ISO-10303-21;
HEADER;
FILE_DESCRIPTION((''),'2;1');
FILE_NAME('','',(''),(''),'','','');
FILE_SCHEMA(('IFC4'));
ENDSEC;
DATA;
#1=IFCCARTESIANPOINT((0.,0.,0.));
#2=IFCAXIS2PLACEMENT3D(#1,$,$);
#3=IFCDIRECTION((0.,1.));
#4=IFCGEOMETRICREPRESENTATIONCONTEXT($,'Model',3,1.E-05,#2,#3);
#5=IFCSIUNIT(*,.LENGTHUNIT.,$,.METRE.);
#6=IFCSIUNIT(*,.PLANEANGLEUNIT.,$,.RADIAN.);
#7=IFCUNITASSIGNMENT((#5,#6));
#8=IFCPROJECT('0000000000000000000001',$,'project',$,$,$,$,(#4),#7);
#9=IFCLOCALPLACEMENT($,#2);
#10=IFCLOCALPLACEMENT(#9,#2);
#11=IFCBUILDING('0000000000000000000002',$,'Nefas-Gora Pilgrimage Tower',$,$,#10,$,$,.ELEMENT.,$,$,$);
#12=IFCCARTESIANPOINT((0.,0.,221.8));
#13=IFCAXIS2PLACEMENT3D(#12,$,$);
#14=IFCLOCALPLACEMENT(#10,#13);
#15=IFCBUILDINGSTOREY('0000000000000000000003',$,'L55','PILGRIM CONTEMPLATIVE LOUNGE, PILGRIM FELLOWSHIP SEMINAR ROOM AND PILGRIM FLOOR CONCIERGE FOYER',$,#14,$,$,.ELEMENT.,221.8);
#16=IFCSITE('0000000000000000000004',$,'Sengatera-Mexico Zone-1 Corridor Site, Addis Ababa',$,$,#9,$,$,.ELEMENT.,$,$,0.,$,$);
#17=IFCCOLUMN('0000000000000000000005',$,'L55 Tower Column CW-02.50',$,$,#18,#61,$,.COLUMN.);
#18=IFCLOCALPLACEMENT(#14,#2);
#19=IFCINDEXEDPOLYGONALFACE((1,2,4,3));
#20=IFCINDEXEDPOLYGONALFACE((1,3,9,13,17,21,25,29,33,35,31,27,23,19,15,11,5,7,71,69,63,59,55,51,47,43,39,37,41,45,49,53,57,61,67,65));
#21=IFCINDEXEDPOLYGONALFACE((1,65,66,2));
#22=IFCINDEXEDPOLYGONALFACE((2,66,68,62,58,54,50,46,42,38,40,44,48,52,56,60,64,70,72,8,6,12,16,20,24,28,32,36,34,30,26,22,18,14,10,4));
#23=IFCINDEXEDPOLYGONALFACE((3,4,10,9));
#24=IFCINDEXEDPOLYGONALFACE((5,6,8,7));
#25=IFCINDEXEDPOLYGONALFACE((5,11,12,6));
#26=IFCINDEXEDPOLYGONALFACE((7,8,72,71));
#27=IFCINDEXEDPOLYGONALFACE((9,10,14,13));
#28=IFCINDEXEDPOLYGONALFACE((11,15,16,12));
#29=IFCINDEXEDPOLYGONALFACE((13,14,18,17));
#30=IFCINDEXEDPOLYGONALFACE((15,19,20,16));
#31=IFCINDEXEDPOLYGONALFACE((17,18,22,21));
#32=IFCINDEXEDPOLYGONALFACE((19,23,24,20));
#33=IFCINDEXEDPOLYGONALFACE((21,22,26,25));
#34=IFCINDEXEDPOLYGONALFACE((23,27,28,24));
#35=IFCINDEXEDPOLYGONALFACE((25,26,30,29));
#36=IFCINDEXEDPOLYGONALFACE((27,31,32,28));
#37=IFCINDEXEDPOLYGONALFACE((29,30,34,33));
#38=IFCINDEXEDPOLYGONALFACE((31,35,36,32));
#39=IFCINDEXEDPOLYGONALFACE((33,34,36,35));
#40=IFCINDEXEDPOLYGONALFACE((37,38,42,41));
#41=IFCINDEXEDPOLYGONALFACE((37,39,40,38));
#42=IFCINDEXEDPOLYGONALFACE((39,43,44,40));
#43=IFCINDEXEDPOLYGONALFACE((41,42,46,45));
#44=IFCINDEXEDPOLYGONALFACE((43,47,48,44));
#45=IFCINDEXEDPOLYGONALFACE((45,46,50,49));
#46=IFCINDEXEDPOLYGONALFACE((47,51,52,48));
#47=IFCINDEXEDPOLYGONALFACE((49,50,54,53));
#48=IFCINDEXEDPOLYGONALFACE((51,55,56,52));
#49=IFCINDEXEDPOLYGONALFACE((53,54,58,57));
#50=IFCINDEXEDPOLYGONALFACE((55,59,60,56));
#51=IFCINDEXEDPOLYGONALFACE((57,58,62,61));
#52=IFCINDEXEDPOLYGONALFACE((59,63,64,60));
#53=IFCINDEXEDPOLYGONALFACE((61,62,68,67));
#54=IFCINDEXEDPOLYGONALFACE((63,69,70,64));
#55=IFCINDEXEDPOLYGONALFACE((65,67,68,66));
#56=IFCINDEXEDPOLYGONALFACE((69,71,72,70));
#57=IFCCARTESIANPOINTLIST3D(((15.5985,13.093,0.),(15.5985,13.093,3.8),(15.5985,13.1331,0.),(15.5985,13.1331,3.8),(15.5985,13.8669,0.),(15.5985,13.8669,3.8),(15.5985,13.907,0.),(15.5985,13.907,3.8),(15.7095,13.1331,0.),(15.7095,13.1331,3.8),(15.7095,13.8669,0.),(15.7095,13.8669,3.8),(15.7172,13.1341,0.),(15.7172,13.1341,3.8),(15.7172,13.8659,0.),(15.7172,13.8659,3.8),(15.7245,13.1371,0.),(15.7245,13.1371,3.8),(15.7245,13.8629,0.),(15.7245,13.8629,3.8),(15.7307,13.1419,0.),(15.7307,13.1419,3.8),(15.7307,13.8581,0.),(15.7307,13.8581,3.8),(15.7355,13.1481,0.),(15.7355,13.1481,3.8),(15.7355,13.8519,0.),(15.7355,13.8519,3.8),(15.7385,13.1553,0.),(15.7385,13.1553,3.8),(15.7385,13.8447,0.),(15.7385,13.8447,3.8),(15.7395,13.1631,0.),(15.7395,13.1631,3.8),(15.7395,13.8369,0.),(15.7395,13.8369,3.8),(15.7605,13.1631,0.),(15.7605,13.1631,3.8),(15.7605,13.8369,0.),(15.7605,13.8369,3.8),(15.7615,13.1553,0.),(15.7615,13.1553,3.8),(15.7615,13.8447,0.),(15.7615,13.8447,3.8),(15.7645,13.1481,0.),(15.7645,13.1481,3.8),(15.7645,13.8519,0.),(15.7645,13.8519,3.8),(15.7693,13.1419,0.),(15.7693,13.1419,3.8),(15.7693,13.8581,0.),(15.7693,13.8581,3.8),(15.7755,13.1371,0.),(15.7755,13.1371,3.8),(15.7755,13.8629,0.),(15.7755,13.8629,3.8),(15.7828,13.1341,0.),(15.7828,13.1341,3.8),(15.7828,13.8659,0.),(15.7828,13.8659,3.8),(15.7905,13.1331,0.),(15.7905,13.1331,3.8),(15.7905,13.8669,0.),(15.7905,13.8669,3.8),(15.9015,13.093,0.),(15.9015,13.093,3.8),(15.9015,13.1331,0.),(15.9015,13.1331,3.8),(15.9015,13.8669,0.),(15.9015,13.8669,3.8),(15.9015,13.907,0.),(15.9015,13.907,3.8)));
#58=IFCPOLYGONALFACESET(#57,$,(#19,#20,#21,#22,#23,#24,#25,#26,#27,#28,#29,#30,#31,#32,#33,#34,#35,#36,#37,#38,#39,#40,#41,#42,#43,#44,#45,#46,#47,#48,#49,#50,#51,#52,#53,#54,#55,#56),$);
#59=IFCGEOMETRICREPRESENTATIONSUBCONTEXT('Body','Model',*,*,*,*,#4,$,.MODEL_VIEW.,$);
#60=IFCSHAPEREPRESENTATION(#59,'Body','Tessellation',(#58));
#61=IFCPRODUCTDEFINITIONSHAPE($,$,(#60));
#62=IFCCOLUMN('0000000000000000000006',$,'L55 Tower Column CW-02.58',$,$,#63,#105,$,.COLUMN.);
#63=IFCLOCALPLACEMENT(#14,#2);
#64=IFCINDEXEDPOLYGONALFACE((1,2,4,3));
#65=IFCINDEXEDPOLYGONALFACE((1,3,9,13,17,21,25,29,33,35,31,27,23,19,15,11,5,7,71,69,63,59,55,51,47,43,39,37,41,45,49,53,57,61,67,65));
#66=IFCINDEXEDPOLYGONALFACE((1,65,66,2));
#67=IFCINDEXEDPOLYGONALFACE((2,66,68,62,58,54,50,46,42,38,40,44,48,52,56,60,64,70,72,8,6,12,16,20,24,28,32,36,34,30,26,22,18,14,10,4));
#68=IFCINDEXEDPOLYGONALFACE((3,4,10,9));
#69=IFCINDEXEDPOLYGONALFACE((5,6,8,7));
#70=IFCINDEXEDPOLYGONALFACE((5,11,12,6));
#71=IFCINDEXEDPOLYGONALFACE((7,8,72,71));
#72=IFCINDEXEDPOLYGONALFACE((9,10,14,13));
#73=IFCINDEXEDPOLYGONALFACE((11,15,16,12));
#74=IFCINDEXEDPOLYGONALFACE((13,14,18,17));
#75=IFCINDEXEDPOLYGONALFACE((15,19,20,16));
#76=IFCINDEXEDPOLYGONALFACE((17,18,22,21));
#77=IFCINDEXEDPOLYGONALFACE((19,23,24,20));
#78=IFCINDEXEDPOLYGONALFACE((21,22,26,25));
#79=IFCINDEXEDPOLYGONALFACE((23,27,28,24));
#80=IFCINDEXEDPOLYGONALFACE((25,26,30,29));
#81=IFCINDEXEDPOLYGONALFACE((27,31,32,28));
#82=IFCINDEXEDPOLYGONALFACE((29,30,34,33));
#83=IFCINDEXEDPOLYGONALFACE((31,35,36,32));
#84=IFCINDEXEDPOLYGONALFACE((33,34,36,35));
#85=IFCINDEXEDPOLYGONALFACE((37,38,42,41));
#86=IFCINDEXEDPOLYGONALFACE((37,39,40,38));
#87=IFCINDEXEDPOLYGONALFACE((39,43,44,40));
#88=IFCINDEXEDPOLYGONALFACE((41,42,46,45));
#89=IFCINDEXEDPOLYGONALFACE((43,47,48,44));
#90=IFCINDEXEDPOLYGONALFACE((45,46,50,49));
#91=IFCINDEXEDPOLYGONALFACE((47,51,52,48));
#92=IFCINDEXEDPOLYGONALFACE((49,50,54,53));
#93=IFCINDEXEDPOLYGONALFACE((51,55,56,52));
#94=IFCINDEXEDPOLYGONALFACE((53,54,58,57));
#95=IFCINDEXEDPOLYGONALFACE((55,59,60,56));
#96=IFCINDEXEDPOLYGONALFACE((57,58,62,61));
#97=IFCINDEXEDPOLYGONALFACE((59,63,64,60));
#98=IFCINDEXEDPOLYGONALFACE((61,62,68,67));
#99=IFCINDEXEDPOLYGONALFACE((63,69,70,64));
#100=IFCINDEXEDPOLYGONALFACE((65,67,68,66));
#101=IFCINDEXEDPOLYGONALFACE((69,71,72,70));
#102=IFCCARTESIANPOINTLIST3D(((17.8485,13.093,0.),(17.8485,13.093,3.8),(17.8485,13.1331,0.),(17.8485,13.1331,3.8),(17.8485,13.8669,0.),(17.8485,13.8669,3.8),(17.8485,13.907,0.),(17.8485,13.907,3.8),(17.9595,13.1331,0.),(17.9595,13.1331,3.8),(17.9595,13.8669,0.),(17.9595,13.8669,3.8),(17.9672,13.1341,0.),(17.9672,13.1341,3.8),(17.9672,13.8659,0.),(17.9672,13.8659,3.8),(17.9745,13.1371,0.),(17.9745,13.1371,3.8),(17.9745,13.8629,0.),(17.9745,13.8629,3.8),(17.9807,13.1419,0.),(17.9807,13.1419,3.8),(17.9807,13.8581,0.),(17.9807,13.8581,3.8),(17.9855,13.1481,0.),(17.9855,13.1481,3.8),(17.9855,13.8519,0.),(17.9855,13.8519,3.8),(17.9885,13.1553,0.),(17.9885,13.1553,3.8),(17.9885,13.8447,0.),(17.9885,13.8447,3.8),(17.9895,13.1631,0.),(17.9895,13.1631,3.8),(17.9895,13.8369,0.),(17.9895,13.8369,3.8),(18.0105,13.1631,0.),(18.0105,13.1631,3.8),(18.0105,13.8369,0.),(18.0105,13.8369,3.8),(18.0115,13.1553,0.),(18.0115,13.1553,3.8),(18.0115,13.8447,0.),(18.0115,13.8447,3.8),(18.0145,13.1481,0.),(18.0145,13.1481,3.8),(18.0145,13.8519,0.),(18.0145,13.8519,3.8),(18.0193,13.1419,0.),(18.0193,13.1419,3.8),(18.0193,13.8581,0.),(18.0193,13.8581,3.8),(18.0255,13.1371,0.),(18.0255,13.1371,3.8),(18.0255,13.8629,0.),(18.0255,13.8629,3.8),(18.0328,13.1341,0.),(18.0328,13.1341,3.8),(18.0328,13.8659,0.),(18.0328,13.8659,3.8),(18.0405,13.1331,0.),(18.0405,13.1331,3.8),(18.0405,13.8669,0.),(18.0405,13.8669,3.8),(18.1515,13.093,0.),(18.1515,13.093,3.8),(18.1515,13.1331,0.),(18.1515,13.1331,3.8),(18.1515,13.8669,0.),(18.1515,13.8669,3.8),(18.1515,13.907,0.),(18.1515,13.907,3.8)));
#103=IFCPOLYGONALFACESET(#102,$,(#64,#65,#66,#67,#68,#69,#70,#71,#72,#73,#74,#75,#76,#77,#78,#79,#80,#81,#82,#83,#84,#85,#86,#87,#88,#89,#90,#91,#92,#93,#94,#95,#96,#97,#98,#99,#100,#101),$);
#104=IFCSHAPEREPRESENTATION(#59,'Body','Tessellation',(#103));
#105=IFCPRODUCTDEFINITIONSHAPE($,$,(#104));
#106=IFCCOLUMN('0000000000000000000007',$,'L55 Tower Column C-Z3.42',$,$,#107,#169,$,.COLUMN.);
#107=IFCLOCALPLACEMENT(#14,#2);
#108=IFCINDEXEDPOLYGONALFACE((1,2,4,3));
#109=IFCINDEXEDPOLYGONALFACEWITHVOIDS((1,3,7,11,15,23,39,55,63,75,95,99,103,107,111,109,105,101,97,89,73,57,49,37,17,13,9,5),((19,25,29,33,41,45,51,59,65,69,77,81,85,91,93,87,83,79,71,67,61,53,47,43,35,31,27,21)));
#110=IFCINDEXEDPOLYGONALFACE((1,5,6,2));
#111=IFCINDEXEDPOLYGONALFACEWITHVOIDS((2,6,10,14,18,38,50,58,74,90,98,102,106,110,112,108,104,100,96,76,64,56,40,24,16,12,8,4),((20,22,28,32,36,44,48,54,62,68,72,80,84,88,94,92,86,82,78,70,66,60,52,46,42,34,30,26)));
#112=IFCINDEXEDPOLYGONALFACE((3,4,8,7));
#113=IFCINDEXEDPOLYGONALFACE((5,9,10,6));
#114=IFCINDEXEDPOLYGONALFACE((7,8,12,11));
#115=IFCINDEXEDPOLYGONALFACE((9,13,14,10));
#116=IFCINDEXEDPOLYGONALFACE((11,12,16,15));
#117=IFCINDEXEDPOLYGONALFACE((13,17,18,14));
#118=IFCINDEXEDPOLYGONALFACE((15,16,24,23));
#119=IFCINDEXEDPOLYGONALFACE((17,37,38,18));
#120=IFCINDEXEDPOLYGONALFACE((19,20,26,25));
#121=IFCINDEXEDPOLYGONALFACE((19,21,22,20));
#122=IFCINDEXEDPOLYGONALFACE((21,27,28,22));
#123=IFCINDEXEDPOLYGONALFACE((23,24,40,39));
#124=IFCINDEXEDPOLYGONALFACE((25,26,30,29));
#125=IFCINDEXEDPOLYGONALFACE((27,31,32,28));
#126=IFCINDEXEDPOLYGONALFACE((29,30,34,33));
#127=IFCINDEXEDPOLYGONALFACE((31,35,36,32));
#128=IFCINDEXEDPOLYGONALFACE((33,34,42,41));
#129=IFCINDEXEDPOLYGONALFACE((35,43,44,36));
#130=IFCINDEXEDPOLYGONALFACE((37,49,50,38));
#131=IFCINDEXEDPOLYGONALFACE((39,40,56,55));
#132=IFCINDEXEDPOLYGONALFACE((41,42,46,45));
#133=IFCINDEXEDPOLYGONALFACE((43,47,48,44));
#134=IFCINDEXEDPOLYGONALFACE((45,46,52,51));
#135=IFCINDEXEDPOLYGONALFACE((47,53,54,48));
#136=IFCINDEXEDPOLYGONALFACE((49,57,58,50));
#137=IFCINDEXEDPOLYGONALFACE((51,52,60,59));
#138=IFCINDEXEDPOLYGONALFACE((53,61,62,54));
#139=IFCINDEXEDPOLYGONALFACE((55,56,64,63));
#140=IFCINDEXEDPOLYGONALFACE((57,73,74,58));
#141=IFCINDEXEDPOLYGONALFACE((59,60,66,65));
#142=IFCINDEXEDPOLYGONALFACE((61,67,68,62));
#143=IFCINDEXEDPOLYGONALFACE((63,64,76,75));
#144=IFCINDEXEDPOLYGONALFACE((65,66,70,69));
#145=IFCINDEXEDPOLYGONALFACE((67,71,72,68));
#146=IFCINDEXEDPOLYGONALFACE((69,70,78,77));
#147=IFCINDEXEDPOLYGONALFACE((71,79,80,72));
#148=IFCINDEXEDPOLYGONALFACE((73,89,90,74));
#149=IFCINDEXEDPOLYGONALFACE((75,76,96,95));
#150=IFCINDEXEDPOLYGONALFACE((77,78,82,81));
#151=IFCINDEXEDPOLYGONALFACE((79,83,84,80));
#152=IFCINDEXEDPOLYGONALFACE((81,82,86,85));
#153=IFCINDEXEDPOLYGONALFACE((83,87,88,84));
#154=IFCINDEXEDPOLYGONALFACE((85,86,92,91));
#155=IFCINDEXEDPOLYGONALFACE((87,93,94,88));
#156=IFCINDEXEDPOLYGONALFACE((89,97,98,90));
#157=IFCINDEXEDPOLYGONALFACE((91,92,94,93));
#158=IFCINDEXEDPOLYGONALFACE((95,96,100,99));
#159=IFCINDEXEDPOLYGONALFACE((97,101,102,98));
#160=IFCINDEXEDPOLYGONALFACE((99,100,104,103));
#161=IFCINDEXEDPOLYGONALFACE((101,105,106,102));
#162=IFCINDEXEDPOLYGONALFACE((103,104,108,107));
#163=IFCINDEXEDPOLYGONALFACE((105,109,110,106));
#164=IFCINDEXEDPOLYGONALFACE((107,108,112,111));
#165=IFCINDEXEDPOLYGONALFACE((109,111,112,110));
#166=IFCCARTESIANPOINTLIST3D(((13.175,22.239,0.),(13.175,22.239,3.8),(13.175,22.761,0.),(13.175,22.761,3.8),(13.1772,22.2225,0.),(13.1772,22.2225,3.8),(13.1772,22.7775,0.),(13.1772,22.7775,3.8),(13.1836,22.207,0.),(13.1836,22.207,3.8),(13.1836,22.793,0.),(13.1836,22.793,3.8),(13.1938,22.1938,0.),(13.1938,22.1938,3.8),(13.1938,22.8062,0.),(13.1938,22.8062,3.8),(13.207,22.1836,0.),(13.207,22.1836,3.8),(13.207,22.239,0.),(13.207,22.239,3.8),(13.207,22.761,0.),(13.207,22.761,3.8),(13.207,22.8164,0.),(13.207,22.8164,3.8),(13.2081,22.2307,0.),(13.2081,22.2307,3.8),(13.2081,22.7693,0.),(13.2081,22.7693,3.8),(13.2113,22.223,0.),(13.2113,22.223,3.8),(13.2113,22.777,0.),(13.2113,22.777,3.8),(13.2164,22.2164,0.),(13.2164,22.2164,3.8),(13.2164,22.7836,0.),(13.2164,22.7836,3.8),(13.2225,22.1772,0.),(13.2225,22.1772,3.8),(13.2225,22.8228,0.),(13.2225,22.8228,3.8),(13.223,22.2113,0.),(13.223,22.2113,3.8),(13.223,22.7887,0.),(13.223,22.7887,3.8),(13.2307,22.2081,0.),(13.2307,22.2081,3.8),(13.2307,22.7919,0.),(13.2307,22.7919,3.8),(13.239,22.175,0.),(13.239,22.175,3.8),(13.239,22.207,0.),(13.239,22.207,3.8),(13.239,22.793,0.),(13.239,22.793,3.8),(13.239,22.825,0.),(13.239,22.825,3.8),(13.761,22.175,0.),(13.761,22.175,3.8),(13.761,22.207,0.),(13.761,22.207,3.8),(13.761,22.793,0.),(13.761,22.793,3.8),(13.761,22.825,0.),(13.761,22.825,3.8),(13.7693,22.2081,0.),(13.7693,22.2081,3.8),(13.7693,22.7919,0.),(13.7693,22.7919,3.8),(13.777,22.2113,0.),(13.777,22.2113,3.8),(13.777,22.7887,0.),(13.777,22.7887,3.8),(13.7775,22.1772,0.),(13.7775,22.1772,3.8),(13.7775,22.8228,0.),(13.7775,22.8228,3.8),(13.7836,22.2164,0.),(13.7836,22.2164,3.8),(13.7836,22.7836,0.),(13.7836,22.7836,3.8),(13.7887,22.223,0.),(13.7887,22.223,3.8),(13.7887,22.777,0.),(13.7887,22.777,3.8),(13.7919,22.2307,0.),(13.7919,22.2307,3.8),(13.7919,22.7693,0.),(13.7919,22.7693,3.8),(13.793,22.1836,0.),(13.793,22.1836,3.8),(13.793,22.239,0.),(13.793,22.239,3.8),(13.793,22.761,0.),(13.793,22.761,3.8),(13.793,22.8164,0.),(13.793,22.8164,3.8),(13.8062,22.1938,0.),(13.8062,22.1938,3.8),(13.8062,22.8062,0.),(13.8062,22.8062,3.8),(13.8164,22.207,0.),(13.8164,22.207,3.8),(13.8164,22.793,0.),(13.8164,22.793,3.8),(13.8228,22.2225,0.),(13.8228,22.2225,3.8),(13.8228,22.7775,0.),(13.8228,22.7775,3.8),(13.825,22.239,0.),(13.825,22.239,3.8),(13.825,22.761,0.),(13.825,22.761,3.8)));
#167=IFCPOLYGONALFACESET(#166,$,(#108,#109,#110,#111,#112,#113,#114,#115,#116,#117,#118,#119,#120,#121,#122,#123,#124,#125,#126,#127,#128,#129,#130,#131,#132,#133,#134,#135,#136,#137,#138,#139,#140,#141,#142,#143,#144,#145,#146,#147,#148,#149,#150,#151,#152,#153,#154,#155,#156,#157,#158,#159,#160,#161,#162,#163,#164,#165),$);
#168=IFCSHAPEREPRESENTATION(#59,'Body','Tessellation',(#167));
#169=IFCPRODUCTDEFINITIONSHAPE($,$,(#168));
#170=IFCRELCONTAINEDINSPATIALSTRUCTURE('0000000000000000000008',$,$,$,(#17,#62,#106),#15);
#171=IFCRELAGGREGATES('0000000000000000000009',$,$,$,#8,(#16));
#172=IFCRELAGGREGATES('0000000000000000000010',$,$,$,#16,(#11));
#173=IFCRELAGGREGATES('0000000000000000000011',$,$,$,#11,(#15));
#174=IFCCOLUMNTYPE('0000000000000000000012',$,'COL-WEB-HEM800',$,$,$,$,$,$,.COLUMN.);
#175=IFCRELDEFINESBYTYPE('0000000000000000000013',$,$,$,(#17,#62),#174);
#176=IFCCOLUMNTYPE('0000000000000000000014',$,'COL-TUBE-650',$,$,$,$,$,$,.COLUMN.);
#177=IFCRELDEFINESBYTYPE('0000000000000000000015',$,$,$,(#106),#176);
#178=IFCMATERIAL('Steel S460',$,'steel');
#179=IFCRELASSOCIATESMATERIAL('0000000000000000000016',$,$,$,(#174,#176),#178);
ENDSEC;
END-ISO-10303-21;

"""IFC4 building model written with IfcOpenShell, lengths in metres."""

from ifc_helpers import new_model, si_unit, direction, frame, origin, origin_2d, place, context, subcontext, project, spatial, hollow_rectangle, i_section, extrude, source, transform, mapped, material, material_profile, profile_set, type_object, element, save


model = new_model("IFC4")

# Units and contexts
model_context = context("Model", 3, precision=1e-05, world=origin(), true_north=direction((0.0, 1.0)))
body_context = subcontext(model_context, "Body", "Model", "MODEL_VIEW")
ifc_project = project(units=[si_unit("LENGTHUNIT", "METRE"), si_unit("PLANEANGLEUNIT", "RADIAN")], contexts=[model_context])

# Site, building, storey
site_placement = place(None, origin())
site = spatial("IfcSite", under=ifc_project, at=site_placement, Name="Sengatera-Mexico Zone-1 Corridor Site, Addis Ababa", CompositionType="ELEMENT", RefElevation=0.0)
building_placement = place(site_placement, origin())
building = spatial("IfcBuilding", under=site, at=building_placement, Name="Nefas-Gora Pilgrimage Tower", CompositionType="ELEMENT")
storey_placement = place(building_placement, frame((0.0, 0.0, 221.8)))
storey = spatial("IfcBuildingStorey", under=building, at=storey_placement, Name="L55", Description="PILGRIM CONTEMPLATIVE LOUNGE, PILGRIM FELLOWSHIP SEMINAR ROOM AND PILGRIM FLOOR CONCIERGE FOYER", CompositionType="ELEMENT", Elevation=221.8)

# Columns
ifc_material_1 = material(Name="Steel S460", Category="steel")
ifc_material_profile_1 = material_profile(ifc_material_1, i_section(OverallWidth=0.303, OverallDepth=0.814, WebThickness=0.021, FlangeThickness=0.04, FilletRadius=0.03, at=origin_2d()), Name="HEM 800")
ifc_profile_set_1 = profile_set([ifc_material_profile_1], Name="Steel S460")
column_type_1 = type_object("IfcColumnType", Name="COL-WEB-HEM800", PredefinedType="COLUMN", material=ifc_profile_set_1)
shared_shape_1 = source(origin(), body_context, "Body", "SweptSolid", [
    extrude(i_section(OverallWidth=0.303, OverallDepth=0.814, WebThickness=0.021, FlangeThickness=0.04, FilletRadius=0.03, at=origin_2d()), origin(), (0.0, 0.0, 1.0), 3.8),
])
for number, where, z_axis, x_axis, name in (
    (1, (15.75, 13.5, 0.0), (0.0, 0.0, 1.0), (1.0, 0.0, 0.0), "L55 Tower Column CW-02.50"),
    (2, (18.0, 13.5, 0.0), (0.0, 0.0, 1.0), (1.0, 0.0, 0.0), "L55 Tower Column CW-02.58"),
):
    element("IfcColumn", number, at=place(storey_placement, frame(where, z_axis=z_axis, x_axis=x_axis)), inside=storey, type_object=column_type_1, Name=name, PredefinedType="COLUMN", context=body_context, shape_type="MappedRepresentation", body=[
        mapped(shared_shape_1, transform((0.0, 0.0, 0.0), x_axis=(1.0, 0.0, 0.0), y_axis=(0.0, 1.0, 0.0), z_axis=(0.0, 0.0, 1.0), scale=1.0)),
    ])
ifc_material_profile_2 = material_profile(ifc_material_1, hollow_rectangle(XDim=0.6499, YDim=0.6499, WallThickness=0.032, InnerFilletRadius=0.032, OuterFilletRadius=0.064, at=origin_2d()), Name="BOX 650x650x32")
ifc_profile_set_2 = profile_set([ifc_material_profile_2], Name="Steel S460")
column_type_2 = type_object("IfcColumnType", Name="COL-TUBE-650", PredefinedType="COLUMN", material=ifc_profile_set_2)
shared_shape_2 = source(origin(), body_context, "Body", "SweptSolid", [
    extrude(hollow_rectangle(XDim=0.6499, YDim=0.6499, WallThickness=0.032, InnerFilletRadius=0.032, OuterFilletRadius=0.064, at=origin_2d()), origin(), (0.0, 0.0, 1.0), 3.8),
])
for number, where, z_axis, x_axis, name in (
    (3, (13.5, 22.5, 0.0), (0.0, 0.0, 1.0), (1.0, 0.0, 0.0), "L55 Tower Column C-Z3.42"),
):
    element("IfcColumn", number, at=place(storey_placement, frame(where, z_axis=z_axis, x_axis=x_axis)), inside=storey, type_object=column_type_2, Name=name, PredefinedType="COLUMN", context=body_context, shape_type="MappedRepresentation", body=[
        mapped(shared_shape_2, transform((0.0, 0.0, 0.0), x_axis=(1.0, 0.0, 0.0), y_axis=(0.0, 1.0, 0.0), z_axis=(0.0, 0.0, 1.0), scale=1.0)),
    ])

save(model, "model.ifc")
